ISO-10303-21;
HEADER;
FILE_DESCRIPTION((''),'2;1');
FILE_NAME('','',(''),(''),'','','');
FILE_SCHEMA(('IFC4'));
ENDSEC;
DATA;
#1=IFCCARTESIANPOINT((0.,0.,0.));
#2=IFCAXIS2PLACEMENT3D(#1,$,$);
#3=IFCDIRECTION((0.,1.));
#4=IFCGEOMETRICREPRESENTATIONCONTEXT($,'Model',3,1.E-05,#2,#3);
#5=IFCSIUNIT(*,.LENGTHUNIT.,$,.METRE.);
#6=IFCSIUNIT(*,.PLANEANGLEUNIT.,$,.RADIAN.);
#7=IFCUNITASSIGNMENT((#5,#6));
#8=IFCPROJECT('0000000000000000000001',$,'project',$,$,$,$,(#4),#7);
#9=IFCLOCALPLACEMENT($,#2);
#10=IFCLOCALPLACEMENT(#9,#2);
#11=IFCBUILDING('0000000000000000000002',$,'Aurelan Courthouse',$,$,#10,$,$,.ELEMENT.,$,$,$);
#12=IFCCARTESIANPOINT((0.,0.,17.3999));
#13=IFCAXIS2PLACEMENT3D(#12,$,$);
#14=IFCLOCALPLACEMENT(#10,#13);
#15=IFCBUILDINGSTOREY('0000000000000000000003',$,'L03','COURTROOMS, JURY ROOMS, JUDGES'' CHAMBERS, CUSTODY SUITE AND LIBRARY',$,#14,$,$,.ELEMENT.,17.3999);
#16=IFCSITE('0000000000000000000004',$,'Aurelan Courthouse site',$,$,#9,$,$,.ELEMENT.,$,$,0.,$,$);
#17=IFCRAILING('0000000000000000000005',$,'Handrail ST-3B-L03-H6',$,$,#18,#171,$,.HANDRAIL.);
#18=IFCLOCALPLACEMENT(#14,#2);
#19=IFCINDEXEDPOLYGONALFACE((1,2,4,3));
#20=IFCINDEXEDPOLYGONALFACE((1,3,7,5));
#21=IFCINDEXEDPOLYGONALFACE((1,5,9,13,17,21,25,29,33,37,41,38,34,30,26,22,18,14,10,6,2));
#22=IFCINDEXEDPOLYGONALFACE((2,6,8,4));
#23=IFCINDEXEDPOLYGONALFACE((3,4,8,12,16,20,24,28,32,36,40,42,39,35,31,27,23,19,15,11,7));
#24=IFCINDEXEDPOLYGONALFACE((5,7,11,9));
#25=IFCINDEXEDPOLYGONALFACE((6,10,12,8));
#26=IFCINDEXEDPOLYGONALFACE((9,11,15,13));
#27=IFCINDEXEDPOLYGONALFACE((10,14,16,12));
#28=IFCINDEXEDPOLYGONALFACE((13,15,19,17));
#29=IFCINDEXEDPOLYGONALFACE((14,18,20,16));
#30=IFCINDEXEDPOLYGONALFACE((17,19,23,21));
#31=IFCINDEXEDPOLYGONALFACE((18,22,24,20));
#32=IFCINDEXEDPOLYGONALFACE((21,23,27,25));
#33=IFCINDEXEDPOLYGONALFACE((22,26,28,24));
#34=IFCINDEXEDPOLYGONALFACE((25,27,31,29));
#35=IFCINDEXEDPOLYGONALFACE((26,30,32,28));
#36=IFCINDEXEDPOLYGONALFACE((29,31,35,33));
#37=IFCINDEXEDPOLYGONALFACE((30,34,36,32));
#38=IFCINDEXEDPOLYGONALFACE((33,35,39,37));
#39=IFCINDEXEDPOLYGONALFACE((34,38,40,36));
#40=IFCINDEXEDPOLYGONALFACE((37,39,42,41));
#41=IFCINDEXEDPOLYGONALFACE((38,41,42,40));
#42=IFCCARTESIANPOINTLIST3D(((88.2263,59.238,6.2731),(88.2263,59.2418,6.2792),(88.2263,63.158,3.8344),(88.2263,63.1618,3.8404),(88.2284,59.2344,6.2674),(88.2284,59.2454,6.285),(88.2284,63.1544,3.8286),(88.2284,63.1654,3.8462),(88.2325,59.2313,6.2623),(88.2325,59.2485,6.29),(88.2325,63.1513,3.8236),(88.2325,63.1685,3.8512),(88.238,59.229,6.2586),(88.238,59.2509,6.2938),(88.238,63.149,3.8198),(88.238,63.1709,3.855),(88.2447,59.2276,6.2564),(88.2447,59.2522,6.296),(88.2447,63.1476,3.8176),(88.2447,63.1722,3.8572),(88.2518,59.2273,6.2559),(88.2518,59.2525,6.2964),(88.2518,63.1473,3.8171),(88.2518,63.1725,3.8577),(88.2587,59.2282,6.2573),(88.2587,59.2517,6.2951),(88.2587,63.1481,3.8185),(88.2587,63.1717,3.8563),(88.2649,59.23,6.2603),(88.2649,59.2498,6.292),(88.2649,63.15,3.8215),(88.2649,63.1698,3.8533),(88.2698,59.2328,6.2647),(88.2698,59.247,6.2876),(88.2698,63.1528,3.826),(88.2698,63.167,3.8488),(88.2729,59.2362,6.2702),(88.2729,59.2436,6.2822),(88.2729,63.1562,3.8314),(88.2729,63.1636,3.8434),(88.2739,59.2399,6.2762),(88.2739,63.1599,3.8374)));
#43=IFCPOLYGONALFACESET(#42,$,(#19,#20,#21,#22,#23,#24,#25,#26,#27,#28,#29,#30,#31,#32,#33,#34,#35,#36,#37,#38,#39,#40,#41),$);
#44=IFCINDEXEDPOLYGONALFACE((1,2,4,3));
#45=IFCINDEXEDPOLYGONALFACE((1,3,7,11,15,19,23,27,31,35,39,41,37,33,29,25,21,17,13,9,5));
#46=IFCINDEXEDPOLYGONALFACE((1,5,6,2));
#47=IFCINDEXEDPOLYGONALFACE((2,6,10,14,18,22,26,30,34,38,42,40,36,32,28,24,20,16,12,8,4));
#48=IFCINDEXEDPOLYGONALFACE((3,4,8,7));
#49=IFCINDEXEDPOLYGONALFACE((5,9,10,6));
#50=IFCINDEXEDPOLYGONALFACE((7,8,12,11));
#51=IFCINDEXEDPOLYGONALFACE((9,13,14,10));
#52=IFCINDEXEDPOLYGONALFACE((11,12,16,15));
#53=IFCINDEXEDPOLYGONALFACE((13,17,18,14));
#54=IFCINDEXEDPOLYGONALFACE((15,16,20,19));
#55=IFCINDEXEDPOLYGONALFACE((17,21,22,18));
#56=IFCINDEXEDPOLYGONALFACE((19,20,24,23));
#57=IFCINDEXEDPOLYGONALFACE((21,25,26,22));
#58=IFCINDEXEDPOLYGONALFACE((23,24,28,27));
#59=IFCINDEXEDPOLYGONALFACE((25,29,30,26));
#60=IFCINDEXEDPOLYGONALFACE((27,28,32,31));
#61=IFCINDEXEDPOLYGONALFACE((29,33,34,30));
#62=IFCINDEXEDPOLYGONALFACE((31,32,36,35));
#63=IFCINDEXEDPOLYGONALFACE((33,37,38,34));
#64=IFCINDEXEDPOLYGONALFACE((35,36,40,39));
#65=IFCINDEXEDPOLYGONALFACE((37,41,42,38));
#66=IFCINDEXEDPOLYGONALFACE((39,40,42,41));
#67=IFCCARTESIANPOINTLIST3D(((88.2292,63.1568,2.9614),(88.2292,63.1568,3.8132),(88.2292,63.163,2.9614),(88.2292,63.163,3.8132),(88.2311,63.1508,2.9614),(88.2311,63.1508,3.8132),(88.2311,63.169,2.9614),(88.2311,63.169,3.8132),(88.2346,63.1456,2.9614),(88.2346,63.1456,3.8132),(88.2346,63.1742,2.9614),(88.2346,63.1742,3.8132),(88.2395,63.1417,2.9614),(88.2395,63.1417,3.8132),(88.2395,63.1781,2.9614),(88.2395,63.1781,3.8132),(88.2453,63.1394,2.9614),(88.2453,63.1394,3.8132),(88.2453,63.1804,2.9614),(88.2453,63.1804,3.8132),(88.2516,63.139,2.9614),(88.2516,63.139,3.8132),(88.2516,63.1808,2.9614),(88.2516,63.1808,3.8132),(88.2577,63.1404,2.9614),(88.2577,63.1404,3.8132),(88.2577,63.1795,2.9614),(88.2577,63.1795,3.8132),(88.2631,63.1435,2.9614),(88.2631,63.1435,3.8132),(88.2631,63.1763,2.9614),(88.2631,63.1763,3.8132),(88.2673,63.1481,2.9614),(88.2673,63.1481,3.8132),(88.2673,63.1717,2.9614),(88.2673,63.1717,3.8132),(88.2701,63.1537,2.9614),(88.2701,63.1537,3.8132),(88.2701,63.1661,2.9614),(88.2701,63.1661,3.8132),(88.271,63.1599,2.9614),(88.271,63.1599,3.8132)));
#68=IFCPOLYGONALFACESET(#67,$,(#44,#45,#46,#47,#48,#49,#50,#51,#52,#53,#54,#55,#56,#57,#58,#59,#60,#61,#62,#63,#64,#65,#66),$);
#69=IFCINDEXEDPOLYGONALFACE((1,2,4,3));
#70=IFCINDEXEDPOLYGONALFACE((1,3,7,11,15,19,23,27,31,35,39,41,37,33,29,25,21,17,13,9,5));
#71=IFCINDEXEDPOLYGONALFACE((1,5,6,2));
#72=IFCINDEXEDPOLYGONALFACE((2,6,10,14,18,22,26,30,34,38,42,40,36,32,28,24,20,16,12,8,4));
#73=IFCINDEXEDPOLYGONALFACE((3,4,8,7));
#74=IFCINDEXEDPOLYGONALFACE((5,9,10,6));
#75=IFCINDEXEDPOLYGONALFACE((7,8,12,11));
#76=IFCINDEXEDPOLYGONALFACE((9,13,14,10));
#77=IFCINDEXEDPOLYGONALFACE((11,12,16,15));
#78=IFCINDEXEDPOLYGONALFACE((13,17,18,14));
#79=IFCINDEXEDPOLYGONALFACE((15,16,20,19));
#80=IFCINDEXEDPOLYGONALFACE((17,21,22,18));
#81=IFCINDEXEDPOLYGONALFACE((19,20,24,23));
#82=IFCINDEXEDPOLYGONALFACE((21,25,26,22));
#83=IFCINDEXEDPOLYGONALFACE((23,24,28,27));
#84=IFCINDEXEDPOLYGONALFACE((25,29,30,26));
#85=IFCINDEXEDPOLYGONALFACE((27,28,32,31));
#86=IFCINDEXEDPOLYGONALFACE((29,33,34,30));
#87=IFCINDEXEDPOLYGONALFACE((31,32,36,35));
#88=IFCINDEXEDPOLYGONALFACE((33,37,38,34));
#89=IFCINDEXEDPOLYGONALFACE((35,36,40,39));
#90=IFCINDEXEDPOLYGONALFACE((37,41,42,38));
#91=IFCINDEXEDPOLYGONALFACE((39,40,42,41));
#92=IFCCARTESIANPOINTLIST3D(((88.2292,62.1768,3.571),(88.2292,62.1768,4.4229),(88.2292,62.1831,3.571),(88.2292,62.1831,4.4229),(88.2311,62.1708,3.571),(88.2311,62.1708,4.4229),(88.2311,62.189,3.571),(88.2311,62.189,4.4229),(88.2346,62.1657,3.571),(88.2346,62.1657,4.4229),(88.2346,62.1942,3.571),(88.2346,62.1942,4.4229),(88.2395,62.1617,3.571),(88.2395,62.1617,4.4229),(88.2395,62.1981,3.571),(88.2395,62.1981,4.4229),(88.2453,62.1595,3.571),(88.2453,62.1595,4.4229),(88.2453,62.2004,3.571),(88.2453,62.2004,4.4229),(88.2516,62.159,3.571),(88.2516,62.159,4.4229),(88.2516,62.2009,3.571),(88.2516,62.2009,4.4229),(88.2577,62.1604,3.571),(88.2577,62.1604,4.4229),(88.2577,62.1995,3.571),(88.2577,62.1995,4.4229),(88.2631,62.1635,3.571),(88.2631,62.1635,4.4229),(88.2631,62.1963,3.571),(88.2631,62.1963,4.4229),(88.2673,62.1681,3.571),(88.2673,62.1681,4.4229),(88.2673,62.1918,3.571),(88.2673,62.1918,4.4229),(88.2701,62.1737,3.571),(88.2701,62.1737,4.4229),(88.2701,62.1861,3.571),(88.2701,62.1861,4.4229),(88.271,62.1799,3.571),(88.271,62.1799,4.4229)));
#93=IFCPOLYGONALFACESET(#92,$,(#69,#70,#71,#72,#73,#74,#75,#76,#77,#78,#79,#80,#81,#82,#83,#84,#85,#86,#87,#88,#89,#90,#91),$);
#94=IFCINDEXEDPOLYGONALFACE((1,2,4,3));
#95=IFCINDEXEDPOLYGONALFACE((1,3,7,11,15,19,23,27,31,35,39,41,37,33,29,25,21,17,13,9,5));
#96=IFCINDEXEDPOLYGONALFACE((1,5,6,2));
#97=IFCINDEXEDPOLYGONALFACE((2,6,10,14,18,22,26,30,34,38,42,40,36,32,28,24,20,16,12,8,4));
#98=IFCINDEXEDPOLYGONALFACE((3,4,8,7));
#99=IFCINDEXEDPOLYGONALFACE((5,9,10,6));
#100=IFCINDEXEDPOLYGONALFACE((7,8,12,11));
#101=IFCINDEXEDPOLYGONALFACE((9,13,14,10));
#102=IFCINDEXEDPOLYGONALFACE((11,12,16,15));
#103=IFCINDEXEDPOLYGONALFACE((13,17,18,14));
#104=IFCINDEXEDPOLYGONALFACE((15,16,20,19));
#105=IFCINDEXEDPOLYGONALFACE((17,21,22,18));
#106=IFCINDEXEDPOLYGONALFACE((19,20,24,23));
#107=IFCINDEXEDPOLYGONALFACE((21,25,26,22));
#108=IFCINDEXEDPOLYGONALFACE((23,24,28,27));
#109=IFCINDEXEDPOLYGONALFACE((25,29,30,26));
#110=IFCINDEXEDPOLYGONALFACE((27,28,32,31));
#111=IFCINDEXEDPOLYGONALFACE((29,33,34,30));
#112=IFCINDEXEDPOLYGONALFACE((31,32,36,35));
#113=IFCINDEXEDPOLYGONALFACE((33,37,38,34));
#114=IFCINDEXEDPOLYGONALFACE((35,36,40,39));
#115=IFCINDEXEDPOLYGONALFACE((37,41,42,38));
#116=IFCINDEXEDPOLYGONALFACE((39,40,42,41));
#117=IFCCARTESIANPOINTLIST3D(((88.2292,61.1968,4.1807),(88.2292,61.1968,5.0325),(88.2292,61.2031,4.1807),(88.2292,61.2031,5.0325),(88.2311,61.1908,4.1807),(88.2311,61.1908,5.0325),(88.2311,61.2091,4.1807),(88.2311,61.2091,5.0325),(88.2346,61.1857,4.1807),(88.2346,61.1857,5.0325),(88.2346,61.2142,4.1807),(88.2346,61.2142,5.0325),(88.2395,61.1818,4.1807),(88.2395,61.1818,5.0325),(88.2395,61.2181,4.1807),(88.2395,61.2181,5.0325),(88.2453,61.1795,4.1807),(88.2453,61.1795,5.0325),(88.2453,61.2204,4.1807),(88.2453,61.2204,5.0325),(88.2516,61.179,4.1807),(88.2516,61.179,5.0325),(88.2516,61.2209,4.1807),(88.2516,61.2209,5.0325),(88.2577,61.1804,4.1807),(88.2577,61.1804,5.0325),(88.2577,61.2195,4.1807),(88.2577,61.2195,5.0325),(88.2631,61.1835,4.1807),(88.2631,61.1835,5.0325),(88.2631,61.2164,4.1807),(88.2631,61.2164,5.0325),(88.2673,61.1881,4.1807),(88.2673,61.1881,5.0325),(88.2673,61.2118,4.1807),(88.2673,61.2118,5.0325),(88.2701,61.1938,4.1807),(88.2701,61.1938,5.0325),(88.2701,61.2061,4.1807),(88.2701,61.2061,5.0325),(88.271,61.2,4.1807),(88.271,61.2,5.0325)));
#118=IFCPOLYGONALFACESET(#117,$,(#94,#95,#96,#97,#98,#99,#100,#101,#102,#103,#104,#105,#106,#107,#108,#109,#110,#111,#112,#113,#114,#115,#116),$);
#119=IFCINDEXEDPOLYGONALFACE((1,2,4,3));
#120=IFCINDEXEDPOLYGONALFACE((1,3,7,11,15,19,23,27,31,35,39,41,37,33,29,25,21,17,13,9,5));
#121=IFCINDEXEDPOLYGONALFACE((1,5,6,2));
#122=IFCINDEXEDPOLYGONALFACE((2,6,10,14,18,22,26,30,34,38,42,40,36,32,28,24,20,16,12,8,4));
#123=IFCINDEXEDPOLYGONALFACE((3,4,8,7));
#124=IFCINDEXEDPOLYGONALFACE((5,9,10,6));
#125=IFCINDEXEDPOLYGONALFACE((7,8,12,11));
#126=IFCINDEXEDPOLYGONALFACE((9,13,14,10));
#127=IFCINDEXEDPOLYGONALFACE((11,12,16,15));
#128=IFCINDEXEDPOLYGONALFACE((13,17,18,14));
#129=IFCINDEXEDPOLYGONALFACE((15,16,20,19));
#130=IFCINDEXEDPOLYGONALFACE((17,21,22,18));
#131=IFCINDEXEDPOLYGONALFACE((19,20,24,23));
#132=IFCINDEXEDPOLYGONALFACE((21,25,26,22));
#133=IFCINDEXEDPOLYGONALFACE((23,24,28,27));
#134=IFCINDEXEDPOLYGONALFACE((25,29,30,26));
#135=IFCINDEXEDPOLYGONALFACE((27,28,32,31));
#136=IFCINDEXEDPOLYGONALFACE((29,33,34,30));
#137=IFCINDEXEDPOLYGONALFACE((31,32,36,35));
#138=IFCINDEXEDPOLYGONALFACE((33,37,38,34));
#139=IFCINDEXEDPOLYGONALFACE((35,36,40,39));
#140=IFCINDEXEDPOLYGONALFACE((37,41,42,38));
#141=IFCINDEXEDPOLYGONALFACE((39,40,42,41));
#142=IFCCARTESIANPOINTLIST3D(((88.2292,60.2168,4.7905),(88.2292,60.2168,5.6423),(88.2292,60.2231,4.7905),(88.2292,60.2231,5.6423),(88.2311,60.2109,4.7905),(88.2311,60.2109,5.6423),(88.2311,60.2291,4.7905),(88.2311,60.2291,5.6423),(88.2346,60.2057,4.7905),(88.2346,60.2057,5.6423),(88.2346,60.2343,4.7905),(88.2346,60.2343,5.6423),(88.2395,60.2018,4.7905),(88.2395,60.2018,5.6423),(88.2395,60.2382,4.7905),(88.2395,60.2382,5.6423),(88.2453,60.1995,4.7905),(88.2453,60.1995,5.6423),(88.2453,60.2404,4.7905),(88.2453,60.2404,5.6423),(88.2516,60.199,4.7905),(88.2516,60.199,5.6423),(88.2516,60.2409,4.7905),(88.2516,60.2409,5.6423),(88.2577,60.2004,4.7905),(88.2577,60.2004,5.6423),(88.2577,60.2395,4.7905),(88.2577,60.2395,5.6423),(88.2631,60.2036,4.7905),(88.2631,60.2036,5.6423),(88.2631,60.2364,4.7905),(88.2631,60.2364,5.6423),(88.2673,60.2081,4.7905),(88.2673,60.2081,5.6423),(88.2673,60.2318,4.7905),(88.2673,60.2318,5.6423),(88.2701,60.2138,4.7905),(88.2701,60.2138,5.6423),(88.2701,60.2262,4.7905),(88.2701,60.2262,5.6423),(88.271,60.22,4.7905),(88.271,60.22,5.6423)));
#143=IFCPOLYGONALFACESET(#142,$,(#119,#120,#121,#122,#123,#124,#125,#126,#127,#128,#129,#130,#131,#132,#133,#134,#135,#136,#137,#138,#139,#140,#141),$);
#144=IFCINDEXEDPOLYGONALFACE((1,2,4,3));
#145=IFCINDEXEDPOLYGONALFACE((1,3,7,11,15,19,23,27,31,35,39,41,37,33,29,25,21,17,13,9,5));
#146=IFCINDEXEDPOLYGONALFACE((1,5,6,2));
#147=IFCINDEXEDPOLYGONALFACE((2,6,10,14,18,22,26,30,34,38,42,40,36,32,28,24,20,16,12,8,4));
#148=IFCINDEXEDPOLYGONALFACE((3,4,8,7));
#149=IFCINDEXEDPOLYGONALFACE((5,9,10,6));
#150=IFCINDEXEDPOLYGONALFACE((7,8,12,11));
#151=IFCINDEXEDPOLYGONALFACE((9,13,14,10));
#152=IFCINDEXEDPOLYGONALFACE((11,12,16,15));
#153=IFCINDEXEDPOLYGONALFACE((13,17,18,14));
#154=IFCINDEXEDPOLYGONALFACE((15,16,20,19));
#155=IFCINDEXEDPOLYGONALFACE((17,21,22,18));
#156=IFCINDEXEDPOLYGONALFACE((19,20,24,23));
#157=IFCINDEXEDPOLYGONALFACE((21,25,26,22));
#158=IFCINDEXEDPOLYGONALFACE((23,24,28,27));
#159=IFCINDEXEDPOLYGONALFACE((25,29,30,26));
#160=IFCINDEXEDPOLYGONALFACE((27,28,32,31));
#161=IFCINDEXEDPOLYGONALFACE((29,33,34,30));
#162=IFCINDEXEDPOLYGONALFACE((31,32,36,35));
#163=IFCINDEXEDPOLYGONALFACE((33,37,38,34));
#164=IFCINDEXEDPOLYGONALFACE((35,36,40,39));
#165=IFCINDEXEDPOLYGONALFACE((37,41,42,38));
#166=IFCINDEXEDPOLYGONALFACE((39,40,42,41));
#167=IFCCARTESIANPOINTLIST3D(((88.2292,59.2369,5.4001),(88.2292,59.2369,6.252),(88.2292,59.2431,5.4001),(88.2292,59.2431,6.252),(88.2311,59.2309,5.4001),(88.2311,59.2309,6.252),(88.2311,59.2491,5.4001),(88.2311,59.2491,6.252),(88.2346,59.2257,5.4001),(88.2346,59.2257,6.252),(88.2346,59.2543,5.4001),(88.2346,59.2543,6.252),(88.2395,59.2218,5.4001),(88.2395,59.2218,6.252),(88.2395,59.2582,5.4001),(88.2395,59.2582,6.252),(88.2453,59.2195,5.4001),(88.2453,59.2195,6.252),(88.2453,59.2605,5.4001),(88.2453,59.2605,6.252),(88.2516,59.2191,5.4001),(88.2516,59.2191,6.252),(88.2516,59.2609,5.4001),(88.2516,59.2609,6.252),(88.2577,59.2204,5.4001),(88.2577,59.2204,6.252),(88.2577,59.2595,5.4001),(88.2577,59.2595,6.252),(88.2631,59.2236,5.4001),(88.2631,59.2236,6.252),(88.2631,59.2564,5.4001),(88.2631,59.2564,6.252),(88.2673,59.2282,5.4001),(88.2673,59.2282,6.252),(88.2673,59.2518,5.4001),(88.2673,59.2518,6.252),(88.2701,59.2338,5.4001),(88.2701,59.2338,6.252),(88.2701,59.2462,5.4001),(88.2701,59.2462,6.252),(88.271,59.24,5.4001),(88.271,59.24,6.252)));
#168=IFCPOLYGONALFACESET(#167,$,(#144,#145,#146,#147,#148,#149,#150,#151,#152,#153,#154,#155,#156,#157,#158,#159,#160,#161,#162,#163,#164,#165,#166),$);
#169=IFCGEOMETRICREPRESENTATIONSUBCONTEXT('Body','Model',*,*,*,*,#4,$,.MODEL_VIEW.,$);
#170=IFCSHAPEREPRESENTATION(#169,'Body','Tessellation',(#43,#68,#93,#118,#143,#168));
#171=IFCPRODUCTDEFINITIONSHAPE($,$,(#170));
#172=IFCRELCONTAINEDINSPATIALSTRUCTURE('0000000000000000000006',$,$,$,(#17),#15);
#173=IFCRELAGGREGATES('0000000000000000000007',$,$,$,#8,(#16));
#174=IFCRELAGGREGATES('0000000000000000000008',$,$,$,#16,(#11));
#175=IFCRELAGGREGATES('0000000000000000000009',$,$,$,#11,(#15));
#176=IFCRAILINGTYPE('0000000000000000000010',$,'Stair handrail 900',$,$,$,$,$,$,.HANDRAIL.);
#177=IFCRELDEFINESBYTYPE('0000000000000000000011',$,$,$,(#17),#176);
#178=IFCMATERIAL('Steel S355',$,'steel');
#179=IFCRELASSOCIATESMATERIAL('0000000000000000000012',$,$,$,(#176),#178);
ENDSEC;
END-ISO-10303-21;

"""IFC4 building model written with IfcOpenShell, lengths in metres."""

from ifc_helpers import new_model, si_unit, direction, frame, origin, origin_2d, place, context, subcontext, project, spatial, circle, extrude, material, type_object, element, save


model = new_model("IFC4")

# Units and contexts
model_context = context("Model", 3, precision=1e-05, world=origin(), true_north=direction((0.0, 1.0)))
body_context = subcontext(model_context, "Body", "Model", "MODEL_VIEW")
ifc_project = project(units=[si_unit("LENGTHUNIT", "METRE"), si_unit("PLANEANGLEUNIT", "RADIAN")], contexts=[model_context])

# Site, building, storey
site_placement = place(None, origin())
site = spatial("IfcSite", under=ifc_project, at=site_placement, Name="Aurelan Courthouse site", CompositionType="ELEMENT", RefElevation=0.0)
building_placement = place(site_placement, origin())
building = spatial("IfcBuilding", under=site, at=building_placement, Name="Aurelan Courthouse", CompositionType="ELEMENT")
storey_placement = place(building_placement, frame((0.0, 0.0, 17.3999)))
storey = spatial("IfcBuildingStorey", under=building, at=storey_placement, Name="L03", Description="COURTROOMS, JURY ROOMS, JUDGES' CHAMBERS, CUSTODY SUITE AND LIBRARY", CompositionType="ELEMENT", Elevation=17.3999)

# Railing
ifc_material_1 = material(Name="Steel S355", Category="steel")
railing_type_1 = type_object("IfcRailingType", Name="Stair handrail 900", PredefinedType="HANDRAIL", material=ifc_material_1)
for number, where, name in (
    (1, (88.25, 63.1599, 2.9614), "Handrail ST-3B-L03-H6"),
):
    element("IfcRailing", number, at=place(storey_placement, frame(where)), inside=storey, type_object=railing_type_1, Name=name, PredefinedType="HANDRAIL", context=body_context, shape_type="SweptSolid", body=[
        extrude(circle(Radius=0.0239, at=origin_2d()), frame((0.0, 0.0, 0.876), z_axis=(0.0, -0.84909, 0.528249), x_axis=(1.0, 0.0, 0.0)), (0.0, 0.0, 1.0), 4.6167),
        extrude(circle(Radius=0.021, at=origin_2d()), origin(), (0.0, 0.0, 1.0), 0.8518),
        extrude(circle(Radius=0.021, at=origin_2d()), frame((0.0, -0.98, 0.6096)), (0.0, 0.0, 1.0), 0.8518),
        extrude(circle(Radius=0.021, at=origin_2d()), frame((0.0, -1.96, 1.2192)), (0.0, 0.0, 1.0), 0.8518),
        extrude(circle(Radius=0.021, at=origin_2d()), frame((0.0, -2.9399, 1.8291)), (0.0, 0.0, 1.0), 0.8518),
        extrude(circle(Radius=0.021, at=origin_2d()), frame((0.0, -3.9199, 2.4387)), (0.0, 0.0, 1.0), 0.8518),
    ])

save(model, "model.ifc")
